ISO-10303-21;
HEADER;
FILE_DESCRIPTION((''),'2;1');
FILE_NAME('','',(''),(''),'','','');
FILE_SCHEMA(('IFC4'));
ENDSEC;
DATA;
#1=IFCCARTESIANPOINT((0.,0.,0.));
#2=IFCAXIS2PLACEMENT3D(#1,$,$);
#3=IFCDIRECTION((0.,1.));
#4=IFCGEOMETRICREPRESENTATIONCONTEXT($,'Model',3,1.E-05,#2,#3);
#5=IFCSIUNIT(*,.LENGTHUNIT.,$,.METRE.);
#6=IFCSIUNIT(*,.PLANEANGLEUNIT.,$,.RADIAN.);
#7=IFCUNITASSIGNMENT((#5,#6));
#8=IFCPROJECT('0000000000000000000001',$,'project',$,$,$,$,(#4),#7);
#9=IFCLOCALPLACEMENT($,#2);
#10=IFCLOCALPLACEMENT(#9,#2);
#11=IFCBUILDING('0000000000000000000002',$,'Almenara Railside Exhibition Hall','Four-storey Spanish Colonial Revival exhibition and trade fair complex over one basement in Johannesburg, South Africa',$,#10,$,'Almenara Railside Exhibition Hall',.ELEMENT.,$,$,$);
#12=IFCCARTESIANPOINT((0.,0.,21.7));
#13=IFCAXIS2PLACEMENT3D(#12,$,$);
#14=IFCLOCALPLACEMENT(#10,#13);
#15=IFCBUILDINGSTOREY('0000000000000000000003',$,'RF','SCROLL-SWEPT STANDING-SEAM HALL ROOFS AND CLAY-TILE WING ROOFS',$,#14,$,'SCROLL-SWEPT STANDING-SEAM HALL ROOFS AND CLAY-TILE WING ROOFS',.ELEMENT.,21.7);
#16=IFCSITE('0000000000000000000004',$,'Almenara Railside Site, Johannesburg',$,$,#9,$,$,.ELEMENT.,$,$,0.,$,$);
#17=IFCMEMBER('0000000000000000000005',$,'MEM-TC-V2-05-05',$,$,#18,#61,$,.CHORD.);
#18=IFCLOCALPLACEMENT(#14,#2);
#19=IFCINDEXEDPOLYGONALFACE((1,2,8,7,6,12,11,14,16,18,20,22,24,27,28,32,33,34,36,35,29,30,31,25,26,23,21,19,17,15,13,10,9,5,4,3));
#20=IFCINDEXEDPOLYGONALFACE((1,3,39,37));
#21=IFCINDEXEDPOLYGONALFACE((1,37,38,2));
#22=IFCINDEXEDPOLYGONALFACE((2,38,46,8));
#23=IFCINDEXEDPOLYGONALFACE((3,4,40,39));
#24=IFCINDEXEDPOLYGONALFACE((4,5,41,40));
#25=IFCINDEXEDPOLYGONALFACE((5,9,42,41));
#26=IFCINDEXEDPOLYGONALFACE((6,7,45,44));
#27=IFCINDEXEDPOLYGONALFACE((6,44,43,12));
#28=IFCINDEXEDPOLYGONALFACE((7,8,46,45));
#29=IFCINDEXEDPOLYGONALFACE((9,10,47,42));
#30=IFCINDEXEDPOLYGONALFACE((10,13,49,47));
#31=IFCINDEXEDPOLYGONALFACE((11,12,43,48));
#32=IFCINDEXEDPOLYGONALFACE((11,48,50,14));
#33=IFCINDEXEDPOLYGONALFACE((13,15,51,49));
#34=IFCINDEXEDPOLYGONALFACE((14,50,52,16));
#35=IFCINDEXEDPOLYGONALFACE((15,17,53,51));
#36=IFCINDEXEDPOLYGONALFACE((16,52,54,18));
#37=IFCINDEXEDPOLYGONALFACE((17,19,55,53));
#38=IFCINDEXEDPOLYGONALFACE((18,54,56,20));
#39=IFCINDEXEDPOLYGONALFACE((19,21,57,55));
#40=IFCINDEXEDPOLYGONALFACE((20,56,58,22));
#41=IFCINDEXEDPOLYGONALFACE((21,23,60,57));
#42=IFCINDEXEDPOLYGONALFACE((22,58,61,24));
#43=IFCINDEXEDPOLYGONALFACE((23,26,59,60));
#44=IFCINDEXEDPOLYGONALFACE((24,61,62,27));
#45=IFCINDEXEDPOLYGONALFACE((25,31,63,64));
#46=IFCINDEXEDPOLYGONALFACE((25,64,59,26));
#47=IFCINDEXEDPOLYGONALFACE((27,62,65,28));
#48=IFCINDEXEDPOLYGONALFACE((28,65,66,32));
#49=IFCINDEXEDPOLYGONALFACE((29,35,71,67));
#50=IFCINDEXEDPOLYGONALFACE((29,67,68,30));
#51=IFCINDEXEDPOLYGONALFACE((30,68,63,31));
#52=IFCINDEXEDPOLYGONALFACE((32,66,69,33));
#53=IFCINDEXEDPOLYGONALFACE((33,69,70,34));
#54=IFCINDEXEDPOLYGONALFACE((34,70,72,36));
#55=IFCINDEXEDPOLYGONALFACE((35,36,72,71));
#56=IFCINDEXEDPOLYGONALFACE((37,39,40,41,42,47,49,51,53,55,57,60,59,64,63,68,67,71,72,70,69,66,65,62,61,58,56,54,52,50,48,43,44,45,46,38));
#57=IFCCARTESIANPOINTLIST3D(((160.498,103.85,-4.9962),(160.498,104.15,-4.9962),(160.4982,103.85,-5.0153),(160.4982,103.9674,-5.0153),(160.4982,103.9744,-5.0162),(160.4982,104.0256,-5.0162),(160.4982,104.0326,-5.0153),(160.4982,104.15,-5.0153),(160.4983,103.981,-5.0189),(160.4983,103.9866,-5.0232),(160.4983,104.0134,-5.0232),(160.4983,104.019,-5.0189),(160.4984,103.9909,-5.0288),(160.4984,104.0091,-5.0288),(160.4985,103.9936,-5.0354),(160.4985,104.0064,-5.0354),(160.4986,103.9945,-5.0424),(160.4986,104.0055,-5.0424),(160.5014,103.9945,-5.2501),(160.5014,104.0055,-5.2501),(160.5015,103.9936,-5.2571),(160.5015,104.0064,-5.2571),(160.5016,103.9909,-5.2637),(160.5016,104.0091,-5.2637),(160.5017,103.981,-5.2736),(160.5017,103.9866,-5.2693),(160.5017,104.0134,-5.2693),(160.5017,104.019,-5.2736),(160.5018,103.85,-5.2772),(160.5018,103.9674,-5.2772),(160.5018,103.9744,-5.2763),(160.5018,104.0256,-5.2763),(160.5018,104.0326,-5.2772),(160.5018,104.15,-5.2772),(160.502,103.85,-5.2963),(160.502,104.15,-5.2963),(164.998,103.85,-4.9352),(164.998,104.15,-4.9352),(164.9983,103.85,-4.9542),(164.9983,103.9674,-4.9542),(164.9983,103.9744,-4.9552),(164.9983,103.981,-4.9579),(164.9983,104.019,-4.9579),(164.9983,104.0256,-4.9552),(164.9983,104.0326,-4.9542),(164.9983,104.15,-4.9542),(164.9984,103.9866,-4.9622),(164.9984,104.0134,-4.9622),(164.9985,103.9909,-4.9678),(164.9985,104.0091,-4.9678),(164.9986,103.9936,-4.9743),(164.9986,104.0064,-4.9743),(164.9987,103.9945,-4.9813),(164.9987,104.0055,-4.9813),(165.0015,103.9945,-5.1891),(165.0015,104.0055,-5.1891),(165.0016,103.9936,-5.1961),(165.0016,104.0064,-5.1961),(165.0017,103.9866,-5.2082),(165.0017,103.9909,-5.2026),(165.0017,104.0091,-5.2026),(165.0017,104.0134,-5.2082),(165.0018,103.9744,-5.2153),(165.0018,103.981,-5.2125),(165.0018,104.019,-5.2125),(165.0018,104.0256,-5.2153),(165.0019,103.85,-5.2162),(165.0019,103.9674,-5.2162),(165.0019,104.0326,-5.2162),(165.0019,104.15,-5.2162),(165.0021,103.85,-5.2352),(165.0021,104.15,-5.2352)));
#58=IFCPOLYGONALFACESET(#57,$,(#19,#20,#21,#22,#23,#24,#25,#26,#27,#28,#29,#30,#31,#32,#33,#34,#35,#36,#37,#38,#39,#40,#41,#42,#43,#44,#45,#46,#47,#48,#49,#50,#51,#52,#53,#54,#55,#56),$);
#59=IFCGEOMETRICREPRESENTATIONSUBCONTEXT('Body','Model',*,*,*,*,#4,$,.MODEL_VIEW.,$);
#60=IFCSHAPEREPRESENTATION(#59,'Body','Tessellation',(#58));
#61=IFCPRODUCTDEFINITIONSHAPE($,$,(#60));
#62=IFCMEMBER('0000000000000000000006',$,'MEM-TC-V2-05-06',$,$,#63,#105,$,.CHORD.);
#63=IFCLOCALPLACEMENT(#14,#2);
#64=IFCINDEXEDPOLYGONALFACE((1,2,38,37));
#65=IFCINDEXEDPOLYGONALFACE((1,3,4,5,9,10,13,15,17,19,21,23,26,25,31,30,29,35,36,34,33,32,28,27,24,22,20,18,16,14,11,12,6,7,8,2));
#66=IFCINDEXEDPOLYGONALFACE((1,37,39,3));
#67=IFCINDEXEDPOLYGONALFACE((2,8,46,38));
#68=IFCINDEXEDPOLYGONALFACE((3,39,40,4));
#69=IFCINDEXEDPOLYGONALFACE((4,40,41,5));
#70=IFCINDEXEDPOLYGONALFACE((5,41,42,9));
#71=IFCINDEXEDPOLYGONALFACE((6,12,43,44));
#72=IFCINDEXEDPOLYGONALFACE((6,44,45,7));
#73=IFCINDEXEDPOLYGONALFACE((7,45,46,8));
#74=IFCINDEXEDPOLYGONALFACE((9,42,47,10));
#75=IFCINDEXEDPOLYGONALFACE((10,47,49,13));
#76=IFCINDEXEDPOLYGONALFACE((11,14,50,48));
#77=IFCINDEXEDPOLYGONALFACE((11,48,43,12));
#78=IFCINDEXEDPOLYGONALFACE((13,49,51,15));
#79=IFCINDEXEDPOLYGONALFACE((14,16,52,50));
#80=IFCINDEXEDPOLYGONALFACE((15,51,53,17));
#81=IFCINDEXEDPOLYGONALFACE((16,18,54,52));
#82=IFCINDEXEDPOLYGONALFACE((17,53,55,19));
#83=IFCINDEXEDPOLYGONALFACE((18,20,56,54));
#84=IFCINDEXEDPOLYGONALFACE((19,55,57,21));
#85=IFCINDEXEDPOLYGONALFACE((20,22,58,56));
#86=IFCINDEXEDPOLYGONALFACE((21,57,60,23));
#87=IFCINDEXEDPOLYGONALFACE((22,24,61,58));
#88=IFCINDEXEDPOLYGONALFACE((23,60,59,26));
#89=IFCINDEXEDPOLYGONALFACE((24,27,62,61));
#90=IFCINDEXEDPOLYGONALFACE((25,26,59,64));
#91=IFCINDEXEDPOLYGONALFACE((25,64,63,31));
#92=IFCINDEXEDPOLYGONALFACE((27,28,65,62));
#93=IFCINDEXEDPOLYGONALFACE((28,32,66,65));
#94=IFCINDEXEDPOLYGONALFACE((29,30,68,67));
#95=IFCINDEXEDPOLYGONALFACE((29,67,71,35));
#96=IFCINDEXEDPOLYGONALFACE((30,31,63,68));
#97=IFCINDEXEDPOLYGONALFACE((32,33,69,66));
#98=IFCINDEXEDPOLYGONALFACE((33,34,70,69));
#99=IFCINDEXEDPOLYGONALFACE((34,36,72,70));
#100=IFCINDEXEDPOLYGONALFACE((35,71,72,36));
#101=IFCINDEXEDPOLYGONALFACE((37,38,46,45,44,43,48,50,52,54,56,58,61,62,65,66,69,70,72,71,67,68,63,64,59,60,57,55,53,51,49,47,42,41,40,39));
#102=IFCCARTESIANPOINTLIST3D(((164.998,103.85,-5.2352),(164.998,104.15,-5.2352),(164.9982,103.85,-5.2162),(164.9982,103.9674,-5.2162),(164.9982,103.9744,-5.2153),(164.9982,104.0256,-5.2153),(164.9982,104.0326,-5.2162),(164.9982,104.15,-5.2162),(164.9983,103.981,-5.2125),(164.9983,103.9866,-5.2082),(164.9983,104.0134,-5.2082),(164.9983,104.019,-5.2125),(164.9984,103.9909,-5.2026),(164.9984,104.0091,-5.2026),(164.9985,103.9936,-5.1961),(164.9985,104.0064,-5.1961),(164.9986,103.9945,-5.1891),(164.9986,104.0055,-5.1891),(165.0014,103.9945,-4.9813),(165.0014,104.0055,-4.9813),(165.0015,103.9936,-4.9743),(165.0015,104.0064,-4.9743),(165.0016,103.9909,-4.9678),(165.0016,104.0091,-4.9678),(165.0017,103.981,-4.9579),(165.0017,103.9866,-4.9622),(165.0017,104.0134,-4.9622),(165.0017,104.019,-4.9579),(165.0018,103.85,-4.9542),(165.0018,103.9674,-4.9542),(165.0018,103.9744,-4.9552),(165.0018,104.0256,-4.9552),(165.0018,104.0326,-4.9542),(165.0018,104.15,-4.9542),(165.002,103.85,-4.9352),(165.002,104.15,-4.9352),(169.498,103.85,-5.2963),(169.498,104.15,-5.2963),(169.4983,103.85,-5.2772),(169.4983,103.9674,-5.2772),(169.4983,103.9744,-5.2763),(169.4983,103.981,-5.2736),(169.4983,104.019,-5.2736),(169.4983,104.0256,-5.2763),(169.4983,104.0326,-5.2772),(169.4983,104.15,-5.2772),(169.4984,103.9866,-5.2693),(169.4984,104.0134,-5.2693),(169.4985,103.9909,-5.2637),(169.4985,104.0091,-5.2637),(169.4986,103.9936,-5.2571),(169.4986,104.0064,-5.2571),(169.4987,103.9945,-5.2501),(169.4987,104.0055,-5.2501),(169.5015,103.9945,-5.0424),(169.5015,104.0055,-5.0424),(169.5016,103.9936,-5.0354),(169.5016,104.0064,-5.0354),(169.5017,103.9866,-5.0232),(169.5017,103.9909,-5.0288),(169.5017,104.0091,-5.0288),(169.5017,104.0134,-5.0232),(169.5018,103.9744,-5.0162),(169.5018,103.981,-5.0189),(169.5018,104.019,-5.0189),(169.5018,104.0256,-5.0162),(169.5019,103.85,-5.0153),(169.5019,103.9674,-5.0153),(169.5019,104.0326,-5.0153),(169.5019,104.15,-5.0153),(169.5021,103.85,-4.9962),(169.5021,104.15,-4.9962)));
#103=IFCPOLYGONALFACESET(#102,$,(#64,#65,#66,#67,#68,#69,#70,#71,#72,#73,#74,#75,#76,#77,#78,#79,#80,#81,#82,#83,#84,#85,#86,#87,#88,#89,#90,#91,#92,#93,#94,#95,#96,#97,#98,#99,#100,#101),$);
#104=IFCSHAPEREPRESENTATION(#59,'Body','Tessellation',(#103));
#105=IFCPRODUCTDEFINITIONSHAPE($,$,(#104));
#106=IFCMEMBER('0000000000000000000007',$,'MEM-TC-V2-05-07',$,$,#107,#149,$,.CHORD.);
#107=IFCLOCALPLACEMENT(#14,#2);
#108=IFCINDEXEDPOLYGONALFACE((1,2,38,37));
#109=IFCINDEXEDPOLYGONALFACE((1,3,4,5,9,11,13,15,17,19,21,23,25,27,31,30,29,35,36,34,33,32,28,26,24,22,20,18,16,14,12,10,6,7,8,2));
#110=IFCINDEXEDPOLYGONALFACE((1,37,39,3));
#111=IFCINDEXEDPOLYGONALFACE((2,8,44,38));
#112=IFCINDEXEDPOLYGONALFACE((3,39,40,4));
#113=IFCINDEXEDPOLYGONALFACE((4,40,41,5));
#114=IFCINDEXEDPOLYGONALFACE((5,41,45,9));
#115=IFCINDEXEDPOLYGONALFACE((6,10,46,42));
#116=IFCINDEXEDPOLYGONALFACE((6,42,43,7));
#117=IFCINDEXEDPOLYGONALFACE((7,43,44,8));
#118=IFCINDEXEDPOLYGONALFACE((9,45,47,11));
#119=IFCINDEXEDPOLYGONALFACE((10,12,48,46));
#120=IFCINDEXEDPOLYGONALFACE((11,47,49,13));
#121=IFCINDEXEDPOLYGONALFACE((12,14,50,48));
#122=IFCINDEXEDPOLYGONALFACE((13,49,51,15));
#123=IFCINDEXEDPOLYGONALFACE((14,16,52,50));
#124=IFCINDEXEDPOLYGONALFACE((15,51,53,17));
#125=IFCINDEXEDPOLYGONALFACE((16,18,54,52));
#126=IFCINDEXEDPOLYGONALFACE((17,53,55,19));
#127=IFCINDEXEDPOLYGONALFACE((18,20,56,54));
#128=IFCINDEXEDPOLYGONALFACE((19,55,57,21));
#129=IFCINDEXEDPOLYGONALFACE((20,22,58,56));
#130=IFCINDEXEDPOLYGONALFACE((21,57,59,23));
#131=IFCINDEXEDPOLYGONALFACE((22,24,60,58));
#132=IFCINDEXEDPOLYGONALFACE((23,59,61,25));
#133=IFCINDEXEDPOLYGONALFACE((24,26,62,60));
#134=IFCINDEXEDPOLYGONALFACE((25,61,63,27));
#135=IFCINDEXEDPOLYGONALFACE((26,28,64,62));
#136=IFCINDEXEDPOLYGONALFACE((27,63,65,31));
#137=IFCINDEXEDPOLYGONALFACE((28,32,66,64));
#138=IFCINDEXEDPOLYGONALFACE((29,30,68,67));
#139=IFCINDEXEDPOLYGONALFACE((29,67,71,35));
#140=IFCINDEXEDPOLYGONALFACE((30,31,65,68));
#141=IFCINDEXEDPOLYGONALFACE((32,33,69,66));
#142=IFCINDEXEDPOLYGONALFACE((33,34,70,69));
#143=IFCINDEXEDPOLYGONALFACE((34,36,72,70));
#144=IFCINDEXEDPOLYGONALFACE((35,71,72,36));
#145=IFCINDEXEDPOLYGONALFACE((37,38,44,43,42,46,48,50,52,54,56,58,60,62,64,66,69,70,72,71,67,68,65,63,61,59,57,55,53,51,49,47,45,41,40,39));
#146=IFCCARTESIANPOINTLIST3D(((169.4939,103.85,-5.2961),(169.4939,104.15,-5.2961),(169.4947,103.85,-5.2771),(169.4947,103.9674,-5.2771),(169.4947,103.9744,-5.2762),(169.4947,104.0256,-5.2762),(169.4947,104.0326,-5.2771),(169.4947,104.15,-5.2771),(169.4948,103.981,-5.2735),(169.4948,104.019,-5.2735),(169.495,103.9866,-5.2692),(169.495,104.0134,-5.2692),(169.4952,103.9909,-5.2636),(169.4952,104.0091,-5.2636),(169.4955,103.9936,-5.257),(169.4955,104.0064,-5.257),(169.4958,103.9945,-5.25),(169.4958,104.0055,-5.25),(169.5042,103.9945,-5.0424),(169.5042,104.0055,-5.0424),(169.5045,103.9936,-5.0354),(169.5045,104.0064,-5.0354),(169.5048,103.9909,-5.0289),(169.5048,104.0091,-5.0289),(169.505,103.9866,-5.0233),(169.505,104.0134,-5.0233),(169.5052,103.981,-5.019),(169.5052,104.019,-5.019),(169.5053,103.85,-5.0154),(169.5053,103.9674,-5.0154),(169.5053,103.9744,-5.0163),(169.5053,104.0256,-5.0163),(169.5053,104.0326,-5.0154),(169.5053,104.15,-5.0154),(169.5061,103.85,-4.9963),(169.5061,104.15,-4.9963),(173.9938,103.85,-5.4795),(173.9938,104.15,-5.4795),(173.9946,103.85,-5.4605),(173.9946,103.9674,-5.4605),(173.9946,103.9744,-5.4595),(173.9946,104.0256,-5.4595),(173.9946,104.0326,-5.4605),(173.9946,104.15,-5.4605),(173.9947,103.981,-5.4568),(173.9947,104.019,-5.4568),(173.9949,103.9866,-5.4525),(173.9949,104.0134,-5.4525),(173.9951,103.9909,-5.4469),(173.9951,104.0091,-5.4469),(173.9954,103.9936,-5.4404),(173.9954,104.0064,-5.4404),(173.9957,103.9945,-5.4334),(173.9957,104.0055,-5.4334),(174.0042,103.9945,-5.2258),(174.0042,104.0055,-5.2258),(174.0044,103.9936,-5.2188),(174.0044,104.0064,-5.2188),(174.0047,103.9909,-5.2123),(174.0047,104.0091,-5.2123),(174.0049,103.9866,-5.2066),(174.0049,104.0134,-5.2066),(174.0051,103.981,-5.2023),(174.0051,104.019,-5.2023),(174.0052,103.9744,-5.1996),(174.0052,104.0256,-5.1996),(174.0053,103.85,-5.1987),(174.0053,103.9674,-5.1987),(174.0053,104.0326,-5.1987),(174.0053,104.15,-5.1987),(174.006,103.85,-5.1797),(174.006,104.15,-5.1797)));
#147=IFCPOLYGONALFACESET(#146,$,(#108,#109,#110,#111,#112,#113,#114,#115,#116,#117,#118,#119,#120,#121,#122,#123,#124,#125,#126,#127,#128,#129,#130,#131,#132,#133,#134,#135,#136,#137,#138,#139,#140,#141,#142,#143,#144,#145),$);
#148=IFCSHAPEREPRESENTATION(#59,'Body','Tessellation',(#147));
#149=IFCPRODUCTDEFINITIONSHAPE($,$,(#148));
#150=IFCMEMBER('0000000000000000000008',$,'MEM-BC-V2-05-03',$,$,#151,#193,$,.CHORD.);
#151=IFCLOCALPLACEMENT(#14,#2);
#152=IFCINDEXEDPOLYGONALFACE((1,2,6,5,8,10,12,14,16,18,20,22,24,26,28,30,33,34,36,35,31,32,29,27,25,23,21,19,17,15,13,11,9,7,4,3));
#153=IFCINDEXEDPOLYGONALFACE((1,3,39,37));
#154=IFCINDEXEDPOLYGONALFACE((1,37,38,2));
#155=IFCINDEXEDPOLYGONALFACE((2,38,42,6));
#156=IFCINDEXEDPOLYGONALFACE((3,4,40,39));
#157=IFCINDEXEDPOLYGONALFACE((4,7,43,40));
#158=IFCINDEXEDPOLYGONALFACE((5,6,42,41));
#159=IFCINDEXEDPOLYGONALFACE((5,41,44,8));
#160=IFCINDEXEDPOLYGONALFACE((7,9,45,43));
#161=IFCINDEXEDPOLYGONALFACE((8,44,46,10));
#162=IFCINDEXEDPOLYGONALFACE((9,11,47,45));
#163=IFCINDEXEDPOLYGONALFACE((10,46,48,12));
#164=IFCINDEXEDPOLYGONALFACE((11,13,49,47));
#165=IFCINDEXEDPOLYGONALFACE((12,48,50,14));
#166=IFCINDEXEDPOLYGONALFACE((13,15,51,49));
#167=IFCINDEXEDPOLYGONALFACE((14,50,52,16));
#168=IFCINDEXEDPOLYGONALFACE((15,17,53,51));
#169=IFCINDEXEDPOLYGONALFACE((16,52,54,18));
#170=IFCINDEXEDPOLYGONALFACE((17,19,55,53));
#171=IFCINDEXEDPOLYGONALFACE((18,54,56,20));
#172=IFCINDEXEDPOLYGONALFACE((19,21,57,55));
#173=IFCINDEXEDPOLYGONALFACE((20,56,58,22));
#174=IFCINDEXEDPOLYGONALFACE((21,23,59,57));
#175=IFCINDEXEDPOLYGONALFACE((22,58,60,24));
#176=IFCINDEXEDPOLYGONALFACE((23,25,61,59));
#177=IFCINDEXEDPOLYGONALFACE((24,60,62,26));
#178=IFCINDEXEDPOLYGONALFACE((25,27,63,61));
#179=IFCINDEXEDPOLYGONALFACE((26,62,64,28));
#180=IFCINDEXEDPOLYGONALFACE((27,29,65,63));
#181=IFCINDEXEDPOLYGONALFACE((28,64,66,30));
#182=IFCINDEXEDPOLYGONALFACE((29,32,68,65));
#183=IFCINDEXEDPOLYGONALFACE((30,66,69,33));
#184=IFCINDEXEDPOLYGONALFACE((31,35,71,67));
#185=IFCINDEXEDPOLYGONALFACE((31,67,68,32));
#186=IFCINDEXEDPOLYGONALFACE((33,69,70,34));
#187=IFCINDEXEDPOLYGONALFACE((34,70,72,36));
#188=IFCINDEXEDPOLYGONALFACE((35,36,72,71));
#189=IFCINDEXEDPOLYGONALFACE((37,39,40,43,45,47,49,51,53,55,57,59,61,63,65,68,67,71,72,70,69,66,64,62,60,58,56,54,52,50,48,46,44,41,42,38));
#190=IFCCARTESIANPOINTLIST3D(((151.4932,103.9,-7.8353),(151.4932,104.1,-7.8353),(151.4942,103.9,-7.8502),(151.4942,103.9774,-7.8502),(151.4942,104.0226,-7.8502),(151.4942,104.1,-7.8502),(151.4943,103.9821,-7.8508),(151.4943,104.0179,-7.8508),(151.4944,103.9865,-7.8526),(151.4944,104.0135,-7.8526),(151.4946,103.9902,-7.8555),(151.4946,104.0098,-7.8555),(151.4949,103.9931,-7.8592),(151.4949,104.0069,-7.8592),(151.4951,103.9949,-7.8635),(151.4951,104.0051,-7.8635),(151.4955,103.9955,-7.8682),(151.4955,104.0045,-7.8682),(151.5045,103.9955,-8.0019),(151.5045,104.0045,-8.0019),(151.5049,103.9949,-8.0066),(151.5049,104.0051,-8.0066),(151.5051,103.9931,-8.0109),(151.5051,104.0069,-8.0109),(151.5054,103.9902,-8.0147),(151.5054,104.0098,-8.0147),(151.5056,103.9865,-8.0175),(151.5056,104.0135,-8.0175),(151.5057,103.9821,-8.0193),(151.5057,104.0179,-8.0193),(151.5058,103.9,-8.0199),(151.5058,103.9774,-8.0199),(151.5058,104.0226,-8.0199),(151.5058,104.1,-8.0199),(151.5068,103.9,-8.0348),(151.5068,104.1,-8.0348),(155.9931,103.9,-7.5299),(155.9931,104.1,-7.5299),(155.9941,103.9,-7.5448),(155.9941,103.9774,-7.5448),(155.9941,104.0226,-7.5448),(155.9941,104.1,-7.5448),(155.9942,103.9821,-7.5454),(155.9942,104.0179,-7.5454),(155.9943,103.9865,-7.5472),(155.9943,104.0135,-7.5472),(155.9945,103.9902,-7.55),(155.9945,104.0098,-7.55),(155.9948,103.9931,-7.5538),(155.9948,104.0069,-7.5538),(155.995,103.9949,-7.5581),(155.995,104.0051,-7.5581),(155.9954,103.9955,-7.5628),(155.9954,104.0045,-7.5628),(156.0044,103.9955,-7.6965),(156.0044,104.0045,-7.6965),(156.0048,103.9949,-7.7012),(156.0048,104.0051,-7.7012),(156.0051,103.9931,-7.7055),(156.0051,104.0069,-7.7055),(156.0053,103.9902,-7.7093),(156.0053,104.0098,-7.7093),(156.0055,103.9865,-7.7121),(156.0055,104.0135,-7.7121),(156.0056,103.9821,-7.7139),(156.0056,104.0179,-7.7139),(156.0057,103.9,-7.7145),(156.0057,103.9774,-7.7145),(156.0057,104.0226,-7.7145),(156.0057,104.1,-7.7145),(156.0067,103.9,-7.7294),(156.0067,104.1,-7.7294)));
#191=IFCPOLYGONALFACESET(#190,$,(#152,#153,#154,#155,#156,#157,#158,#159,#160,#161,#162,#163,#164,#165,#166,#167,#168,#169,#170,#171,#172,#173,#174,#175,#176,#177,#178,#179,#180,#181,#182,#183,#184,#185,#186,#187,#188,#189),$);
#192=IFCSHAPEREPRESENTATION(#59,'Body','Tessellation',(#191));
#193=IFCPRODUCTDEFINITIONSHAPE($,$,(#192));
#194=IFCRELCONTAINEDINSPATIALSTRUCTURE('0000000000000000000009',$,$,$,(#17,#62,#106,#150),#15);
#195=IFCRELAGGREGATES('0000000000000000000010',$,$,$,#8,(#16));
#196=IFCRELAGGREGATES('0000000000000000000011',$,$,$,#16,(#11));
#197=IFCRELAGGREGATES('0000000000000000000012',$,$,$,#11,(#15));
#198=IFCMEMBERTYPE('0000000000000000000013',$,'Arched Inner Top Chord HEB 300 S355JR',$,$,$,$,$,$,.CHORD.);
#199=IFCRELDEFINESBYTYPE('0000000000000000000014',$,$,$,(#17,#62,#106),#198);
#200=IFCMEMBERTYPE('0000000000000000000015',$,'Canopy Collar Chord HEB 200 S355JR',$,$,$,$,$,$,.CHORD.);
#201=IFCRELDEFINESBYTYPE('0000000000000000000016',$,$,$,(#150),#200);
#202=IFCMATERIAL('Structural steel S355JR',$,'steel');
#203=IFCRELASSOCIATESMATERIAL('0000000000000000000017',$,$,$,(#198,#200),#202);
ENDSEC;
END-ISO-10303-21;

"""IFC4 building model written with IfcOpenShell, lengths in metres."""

from ifc_helpers import new_model, si_unit, direction, frame, origin, origin_2d, place, context, subcontext, project, spatial, i_section, extrude, material, material_profile, profile_set, type_object, element, save


model = new_model("IFC4")

# Units and contexts
model_context = context("Model", 3, precision=1e-05, world=origin(), true_north=direction((0.0, 1.0)))
body_context = subcontext(model_context, "Body", "Model", "MODEL_VIEW")
ifc_project = project(units=[si_unit("LENGTHUNIT", "METRE"), si_unit("PLANEANGLEUNIT", "RADIAN")], contexts=[model_context])

# Site, building, storey
site_placement = place(None, origin())
site = spatial("IfcSite", under=ifc_project, at=site_placement, Name="Almenara Railside Site, Johannesburg", CompositionType="ELEMENT", RefElevation=0.0)
building_placement = place(site_placement, origin())
building = spatial("IfcBuilding", under=site, at=building_placement, Name="Almenara Railside Exhibition Hall", Description="Four-storey Spanish Colonial Revival exhibition and trade fair complex over one basement in Johannesburg, South Africa", LongName="Almenara Railside Exhibition Hall", CompositionType="ELEMENT")
storey_placement = place(building_placement, frame((0.0, 0.0, 21.7)))
storey = spatial("IfcBuildingStorey", under=building, at=storey_placement, Name="RF", Description="SCROLL-SWEPT STANDING-SEAM HALL ROOFS AND CLAY-TILE WING ROOFS", LongName="SCROLL-SWEPT STANDING-SEAM HALL ROOFS AND CLAY-TILE WING ROOFS", CompositionType="ELEMENT", Elevation=21.7)

# Members
ifc_material_1 = material(Name="Structural steel S355JR", Category="steel")
ifc_material_profile_1 = material_profile(ifc_material_1, i_section(OverallWidth=0.3, OverallDepth=0.3, WebThickness=0.011, FlangeThickness=0.019, FilletRadius=0.0271, at=origin_2d()), Name="HEB 300")
ifc_profile_set_1 = profile_set([ifc_material_profile_1], Name="Structural steel S355JR")
member_type_1 = type_object("IfcMemberType", Name="Arched Inner Top Chord HEB 300 S355JR", PredefinedType="CHORD", material=ifc_profile_set_1)
for number, where, z_axis, x_axis, name in (
    (1, (160.5, 104.0, -5.1462), (0.999908, 0.0, 0.013562), (0.0, 1.0, 0.0), "MEM-TC-V2-05-05"),
    (2, (165.0, 104.0, -5.0852), (0.999908, 0.0, -0.013562), (0.0, 1.0, 0.0), "MEM-TC-V2-05-06"),
):
    element("IfcMember", number, at=place(storey_placement, frame(where, z_axis=z_axis, x_axis=x_axis)), inside=storey, type_object=member_type_1, Name=name, PredefinedType="CHORD", context=body_context, shape_type="SweptSolid", body=[
        extrude(i_section(OverallWidth=0.3, OverallDepth=0.3, WebThickness=0.011, FlangeThickness=0.019, FilletRadius=0.0271, at=origin_2d()), origin(), (0.0, 0.0, 1.0), 4.5005),
    ])
member_1_placement = place(storey_placement, frame((169.5, 104.0, -5.1462), z_axis=(0.999171, 0.0, -0.040711), x_axis=(0.0, 1.0, 0.0)))
element("IfcMember", 3, at=member_1_placement, inside=storey, type_object=member_type_1, Name="MEM-TC-V2-05-07", PredefinedType="CHORD", context=body_context, shape_type="SweptSolid", body=[
    extrude(i_section(OverallWidth=0.3, OverallDepth=0.3, WebThickness=0.011, FlangeThickness=0.019, FilletRadius=0.0271, at=origin_2d()), origin(), (0.0, 0.0, 1.0), 4.5037),
])
ifc_material_profile_2 = material_profile(ifc_material_1, i_section(OverallWidth=0.2, OverallDepth=0.2, WebThickness=0.009, FlangeThickness=0.0149, FilletRadius=0.0181, at=origin_2d()), Name="HEB 200")
ifc_profile_set_2 = profile_set([ifc_material_profile_2], Name="Structural steel S355JR")
member_type_2 = type_object("IfcMemberType", Name="Canopy Collar Chord HEB 200 S355JR", PredefinedType="CHORD", material=ifc_profile_set_2)
member_2_placement = place(storey_placement, frame((151.5, 104.0, -7.9351), z_axis=(0.997705, 0.0, 0.067715), x_axis=(0.0, 1.0, 0.0)))
element("IfcMember", 4, at=member_2_placement, inside=storey, type_object=member_type_2, Name="MEM-BC-V2-05-03", PredefinedType="CHORD", context=body_context, shape_type="SweptSolid", body=[
    extrude(i_section(OverallWidth=0.2, OverallDepth=0.2, WebThickness=0.009, FlangeThickness=0.0149, FilletRadius=0.0181, at=origin_2d()), origin(), (0.0, 0.0, 1.0), 4.5103),
])

save(model, "model.ifc")
